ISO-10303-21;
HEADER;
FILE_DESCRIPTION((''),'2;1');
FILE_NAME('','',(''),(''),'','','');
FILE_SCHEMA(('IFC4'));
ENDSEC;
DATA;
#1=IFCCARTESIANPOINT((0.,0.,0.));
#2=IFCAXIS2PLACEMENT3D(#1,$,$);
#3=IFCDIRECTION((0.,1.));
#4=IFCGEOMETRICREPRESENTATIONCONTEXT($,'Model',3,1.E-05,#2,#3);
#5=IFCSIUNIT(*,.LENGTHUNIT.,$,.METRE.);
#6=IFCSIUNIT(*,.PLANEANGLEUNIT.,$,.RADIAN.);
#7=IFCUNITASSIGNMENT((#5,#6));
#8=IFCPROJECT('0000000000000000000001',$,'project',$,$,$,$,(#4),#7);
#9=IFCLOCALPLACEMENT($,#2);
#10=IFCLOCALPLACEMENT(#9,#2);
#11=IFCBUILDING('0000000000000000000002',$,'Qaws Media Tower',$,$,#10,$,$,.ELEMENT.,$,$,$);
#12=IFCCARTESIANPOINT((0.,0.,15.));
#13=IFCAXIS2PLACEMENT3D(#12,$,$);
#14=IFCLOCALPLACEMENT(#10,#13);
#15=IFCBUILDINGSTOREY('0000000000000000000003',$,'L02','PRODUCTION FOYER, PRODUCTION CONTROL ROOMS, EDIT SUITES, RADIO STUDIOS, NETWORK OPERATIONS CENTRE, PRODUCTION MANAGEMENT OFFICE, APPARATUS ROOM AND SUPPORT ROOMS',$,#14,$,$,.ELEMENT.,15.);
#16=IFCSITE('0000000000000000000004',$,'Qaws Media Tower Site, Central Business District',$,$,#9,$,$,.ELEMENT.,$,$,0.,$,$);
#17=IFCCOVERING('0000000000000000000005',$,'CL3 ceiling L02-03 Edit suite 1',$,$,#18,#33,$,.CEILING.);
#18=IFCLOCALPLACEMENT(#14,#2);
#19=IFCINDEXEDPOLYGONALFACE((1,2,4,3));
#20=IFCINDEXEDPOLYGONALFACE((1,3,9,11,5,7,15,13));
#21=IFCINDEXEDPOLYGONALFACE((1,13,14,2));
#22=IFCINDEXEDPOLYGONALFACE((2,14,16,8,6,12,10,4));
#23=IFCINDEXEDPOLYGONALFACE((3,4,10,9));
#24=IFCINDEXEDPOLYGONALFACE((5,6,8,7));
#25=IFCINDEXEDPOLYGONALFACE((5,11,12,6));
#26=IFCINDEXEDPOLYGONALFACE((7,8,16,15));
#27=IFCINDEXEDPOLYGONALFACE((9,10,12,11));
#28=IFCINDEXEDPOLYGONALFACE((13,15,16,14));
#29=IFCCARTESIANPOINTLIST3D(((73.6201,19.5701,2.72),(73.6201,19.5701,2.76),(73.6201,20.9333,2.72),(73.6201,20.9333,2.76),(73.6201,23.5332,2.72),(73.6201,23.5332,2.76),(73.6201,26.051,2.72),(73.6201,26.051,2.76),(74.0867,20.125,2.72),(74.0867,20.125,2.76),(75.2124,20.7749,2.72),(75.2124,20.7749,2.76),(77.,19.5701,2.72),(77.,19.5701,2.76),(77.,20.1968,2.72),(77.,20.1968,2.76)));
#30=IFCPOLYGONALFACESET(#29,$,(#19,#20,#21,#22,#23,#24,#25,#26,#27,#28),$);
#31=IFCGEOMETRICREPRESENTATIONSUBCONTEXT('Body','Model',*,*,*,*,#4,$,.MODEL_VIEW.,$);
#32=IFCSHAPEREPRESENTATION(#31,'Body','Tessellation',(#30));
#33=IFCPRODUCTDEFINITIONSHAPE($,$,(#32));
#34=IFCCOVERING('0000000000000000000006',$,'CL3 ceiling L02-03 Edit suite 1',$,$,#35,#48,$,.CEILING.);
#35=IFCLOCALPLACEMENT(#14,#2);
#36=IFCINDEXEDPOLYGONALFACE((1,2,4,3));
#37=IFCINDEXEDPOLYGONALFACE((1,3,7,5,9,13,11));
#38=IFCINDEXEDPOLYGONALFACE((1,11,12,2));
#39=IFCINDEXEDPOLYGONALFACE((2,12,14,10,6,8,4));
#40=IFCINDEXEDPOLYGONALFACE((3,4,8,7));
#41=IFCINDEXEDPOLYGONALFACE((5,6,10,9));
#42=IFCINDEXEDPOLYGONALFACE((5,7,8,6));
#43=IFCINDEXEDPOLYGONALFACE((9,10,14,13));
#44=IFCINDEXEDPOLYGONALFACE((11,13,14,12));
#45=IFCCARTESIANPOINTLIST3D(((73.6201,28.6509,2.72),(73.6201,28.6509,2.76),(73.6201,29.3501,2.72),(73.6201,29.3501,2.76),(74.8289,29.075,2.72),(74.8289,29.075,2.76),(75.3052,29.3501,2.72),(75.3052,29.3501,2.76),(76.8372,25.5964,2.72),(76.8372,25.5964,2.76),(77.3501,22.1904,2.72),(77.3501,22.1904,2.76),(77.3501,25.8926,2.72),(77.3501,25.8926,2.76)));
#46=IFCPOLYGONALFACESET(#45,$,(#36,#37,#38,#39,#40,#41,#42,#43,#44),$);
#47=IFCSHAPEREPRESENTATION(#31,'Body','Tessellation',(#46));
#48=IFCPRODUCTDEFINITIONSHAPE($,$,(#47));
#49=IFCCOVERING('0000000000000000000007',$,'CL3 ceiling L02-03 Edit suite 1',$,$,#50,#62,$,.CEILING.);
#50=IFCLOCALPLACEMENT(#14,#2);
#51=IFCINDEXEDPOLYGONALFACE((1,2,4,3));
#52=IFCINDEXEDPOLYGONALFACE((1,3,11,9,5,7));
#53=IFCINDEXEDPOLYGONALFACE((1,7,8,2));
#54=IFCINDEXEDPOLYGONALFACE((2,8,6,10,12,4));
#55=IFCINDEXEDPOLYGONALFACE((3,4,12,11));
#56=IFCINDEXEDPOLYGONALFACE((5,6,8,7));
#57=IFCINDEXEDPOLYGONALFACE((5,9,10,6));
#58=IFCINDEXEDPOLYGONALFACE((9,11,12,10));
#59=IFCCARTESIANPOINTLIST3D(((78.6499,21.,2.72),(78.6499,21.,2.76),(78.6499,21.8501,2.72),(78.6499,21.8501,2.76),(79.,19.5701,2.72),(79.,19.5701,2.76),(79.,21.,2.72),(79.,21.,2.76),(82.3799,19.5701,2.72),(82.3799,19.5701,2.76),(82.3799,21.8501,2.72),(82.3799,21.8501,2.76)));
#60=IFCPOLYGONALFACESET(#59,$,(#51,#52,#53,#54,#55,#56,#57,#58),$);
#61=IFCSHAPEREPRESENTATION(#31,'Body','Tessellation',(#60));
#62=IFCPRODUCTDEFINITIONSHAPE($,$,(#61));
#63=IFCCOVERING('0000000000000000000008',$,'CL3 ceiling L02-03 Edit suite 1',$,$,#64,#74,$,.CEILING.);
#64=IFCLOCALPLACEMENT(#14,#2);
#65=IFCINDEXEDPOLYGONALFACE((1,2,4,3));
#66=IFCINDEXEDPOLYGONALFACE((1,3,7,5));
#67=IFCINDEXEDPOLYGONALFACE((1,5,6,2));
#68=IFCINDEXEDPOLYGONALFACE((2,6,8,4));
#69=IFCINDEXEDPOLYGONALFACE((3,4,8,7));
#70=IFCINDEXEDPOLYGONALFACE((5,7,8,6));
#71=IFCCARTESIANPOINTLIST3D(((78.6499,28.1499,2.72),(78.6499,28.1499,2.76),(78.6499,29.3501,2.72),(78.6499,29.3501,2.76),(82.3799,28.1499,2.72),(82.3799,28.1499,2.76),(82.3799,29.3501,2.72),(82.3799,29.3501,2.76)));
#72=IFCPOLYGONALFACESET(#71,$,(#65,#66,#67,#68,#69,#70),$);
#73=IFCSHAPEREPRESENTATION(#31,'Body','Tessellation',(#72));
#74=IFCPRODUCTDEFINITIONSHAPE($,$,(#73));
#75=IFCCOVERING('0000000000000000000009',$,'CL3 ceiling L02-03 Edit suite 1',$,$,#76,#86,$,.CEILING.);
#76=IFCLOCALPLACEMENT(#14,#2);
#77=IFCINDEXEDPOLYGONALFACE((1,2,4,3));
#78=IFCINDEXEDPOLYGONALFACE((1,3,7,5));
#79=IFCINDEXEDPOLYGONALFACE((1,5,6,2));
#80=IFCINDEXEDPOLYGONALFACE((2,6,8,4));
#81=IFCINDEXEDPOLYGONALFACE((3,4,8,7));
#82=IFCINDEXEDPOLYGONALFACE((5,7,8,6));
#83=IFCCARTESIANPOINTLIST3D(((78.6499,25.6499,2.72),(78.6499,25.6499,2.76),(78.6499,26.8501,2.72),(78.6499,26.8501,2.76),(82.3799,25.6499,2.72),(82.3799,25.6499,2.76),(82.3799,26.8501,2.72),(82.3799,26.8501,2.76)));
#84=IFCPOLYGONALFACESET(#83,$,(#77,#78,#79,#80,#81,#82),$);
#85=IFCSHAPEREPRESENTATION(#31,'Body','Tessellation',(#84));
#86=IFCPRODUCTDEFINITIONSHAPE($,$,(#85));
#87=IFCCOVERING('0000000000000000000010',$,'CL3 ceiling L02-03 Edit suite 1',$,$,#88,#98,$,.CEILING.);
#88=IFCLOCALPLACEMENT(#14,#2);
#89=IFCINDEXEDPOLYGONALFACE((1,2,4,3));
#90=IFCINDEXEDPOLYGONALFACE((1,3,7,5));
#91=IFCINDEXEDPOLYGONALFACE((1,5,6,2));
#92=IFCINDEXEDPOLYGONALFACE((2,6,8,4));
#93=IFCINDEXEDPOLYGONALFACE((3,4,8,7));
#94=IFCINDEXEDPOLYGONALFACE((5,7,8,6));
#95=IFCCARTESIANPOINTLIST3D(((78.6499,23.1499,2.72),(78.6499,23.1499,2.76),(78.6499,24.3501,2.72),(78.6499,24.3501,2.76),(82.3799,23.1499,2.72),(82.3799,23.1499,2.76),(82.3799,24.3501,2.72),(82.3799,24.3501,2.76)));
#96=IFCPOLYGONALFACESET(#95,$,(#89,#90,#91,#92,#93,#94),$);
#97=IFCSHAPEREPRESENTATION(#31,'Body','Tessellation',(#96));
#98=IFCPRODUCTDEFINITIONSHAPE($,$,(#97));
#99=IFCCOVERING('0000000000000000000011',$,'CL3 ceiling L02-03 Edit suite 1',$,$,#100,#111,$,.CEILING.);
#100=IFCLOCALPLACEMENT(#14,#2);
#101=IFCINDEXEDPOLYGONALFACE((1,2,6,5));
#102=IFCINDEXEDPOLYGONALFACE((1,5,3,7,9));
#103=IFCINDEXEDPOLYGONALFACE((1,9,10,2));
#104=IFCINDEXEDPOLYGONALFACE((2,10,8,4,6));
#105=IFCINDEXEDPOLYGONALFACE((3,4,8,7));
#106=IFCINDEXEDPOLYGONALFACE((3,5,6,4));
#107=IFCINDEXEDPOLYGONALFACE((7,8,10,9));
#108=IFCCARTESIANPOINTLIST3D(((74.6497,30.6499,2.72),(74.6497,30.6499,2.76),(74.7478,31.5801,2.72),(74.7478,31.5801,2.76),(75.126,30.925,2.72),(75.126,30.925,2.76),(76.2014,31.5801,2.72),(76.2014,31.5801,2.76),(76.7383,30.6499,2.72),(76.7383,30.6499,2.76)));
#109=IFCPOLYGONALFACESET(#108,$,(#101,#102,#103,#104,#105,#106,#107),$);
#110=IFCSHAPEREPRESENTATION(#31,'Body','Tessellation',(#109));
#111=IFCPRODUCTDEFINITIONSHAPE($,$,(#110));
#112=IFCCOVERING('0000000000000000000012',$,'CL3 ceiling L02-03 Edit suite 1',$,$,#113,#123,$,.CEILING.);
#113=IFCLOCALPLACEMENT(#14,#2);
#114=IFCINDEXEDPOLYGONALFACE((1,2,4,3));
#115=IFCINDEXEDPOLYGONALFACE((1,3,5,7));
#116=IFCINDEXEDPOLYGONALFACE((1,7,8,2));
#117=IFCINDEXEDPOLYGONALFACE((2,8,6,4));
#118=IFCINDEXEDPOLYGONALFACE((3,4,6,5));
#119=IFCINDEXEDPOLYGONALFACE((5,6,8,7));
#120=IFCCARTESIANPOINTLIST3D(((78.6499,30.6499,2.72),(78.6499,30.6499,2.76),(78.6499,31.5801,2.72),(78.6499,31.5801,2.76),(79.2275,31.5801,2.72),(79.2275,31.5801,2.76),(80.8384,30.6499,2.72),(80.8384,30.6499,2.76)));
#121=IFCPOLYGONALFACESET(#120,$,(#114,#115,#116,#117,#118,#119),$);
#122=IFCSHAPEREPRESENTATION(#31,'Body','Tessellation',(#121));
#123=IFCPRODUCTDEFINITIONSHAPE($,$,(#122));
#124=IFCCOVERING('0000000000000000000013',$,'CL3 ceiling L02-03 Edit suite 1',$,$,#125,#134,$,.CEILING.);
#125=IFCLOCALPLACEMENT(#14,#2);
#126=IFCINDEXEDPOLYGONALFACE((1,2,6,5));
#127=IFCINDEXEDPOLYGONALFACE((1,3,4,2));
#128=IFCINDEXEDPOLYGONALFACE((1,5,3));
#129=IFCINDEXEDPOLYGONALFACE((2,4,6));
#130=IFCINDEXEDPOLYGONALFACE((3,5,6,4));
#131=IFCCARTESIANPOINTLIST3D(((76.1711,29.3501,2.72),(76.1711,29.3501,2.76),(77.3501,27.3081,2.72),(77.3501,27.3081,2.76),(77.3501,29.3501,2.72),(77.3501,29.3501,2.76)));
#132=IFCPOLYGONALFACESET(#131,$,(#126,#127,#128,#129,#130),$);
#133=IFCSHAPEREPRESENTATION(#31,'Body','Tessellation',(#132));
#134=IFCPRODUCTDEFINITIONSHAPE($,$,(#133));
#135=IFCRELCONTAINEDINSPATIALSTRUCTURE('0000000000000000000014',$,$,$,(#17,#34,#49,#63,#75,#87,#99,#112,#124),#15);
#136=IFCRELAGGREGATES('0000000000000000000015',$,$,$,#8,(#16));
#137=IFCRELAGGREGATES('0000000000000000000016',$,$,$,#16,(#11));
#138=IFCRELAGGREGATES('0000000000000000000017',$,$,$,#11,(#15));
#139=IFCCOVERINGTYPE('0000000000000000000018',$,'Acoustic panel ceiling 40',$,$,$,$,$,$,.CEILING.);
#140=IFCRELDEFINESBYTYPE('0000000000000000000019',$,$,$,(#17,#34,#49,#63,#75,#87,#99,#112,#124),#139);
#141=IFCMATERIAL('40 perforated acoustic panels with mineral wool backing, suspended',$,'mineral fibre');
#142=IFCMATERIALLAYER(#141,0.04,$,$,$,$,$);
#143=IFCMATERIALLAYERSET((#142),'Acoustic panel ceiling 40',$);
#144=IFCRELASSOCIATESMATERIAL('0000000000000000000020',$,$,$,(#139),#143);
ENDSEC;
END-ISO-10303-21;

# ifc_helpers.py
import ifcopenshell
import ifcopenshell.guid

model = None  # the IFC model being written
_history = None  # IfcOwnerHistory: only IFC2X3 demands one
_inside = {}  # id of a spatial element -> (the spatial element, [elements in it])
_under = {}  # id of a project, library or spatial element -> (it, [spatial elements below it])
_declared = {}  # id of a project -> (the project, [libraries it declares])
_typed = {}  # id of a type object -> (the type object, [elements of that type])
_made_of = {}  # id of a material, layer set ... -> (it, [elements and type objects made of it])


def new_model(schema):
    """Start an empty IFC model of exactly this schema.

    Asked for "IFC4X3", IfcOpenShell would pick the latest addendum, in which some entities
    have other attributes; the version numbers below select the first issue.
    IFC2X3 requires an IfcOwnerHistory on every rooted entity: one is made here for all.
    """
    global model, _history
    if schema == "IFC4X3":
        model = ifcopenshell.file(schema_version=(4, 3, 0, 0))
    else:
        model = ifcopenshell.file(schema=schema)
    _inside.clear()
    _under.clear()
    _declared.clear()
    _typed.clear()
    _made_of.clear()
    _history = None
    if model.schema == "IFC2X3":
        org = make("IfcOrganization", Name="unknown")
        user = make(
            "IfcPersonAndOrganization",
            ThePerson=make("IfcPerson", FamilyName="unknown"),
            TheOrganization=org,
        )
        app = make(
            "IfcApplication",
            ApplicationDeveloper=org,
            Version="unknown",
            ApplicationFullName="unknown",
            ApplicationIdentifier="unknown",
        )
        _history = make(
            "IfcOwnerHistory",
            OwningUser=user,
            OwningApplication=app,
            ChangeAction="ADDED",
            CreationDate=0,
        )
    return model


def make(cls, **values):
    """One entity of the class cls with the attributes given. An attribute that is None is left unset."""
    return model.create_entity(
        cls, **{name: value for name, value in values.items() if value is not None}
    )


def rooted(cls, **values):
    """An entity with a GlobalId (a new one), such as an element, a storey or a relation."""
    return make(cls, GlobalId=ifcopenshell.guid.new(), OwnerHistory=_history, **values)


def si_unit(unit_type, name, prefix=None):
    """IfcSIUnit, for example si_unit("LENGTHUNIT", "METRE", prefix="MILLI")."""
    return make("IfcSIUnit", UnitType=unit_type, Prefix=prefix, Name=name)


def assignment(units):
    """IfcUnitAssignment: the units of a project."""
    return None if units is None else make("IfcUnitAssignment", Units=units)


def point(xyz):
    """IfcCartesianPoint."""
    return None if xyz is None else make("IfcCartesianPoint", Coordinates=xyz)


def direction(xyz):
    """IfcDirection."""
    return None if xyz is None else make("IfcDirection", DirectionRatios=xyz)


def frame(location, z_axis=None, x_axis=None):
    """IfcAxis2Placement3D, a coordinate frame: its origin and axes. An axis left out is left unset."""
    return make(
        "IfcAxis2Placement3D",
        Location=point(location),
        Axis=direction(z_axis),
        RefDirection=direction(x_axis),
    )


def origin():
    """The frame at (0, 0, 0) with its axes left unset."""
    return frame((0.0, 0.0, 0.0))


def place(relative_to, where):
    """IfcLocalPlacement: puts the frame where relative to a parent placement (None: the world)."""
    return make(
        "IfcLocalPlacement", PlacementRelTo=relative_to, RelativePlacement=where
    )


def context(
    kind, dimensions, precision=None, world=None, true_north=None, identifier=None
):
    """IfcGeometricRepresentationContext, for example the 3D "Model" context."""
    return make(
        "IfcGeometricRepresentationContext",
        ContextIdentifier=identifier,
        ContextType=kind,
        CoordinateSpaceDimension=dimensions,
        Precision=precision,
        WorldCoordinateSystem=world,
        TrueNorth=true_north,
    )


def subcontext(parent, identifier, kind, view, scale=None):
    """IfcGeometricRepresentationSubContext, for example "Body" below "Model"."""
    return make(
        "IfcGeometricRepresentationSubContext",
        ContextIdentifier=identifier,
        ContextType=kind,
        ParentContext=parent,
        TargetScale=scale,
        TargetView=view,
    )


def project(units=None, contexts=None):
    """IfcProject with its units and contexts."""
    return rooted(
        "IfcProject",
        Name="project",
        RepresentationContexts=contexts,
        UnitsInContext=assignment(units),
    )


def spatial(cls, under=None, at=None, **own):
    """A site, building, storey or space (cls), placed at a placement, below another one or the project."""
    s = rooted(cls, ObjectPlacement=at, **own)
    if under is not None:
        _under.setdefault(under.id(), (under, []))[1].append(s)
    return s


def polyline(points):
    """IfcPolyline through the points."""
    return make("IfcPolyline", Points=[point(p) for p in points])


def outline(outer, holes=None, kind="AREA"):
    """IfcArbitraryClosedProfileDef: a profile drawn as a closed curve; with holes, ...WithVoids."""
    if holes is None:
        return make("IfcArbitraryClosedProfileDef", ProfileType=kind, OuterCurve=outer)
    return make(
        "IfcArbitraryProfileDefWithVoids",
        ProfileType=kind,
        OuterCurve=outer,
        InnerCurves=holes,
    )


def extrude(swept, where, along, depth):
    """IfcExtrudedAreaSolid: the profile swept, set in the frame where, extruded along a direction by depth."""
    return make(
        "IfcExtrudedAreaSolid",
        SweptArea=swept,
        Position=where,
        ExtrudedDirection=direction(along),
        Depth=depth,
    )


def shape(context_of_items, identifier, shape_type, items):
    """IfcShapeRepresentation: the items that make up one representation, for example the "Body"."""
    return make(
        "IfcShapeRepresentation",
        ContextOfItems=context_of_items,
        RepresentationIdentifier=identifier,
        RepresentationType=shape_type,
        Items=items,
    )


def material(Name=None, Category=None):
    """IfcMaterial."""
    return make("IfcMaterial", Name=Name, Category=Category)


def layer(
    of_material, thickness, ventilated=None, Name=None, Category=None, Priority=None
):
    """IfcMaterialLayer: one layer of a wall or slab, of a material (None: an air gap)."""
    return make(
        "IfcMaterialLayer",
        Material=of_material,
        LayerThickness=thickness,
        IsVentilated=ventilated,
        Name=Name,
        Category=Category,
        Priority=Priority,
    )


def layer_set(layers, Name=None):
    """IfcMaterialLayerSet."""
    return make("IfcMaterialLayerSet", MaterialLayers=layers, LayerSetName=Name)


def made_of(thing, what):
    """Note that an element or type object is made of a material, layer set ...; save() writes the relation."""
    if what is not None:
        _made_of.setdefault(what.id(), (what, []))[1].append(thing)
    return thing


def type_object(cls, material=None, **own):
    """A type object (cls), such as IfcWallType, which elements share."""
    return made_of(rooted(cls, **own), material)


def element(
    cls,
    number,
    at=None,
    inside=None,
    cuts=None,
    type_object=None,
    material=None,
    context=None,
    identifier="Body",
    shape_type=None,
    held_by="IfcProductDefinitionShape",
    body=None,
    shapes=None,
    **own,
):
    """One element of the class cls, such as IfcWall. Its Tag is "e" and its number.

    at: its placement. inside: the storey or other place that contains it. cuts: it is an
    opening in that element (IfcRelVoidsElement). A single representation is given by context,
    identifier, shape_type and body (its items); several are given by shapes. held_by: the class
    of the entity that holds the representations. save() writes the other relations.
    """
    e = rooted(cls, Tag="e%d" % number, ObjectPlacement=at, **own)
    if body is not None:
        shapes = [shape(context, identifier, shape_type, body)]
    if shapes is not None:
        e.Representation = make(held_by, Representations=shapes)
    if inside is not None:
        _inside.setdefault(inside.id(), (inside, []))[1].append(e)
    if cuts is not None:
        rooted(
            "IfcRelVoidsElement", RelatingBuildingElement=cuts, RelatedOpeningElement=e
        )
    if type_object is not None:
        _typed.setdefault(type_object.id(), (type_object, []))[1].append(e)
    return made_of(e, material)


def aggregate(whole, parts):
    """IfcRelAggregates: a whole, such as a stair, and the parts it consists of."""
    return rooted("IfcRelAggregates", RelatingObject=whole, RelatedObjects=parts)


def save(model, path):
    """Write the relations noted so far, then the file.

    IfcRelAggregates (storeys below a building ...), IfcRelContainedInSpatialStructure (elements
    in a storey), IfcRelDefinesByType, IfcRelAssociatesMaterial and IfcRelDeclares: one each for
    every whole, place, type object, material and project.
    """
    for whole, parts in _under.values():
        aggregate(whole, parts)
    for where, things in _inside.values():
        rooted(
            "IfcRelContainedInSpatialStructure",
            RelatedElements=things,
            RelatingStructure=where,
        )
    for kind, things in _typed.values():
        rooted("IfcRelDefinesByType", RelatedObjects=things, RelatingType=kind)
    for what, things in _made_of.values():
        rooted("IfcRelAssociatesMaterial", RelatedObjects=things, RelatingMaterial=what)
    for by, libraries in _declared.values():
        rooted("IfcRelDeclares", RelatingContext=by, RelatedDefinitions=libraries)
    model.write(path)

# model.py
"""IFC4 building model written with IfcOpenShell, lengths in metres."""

from ifc_helpers import new_model, si_unit, direction, frame, origin, place, context, subcontext, project, spatial, polyline, outline, extrude, material, layer, layer_set, type_object, element, save


model = new_model("IFC4")

# Units and contexts
model_context = context("Model", 3, precision=1e-05, world=origin(), true_north=direction((0.0, 1.0)))
body_context = subcontext(model_context, "Body", "Model", "MODEL_VIEW")
ifc_project = project(units=[si_unit("LENGTHUNIT", "METRE"), si_unit("PLANEANGLEUNIT", "RADIAN")], contexts=[model_context])

# Site, building, storey
site_placement = place(None, origin())
site = spatial("IfcSite", under=ifc_project, at=site_placement, Name="Qaws Media Tower Site, Central Business District", CompositionType="ELEMENT", RefElevation=0.0)
building_placement = place(site_placement, origin())
building = spatial("IfcBuilding", under=site, at=building_placement, Name="Qaws Media Tower", CompositionType="ELEMENT")
storey_placement = place(building_placement, frame((0.0, 0.0, 15.0)))
storey = spatial("IfcBuildingStorey", under=building, at=storey_placement, Name="L02", Description="PRODUCTION FOYER, PRODUCTION CONTROL ROOMS, EDIT SUITES, RADIO STUDIOS, NETWORK OPERATIONS CENTRE, PRODUCTION MANAGEMENT OFFICE, APPARATUS ROOM AND SUPPORT ROOMS", CompositionType="ELEMENT", Elevation=15.0)

# Coverings
ifc_material_1 = material(Name="40 perforated acoustic panels with mineral wool backing, suspended", Category="mineral fibre")
ifc_layer_1 = layer(ifc_material_1, 0.04)
ifc_layer_set_1 = layer_set([ifc_layer_1], Name="Acoustic panel ceiling 40")
covering_type_1 = type_object("IfcCoveringType", Name="Acoustic panel ceiling 40", PredefinedType="CEILING", material=ifc_layer_set_1)
covering_1_placement = place(storey_placement, frame((0.0, 0.0, 2.72)))
element("IfcCovering", 1, at=covering_1_placement, inside=storey, type_object=covering_type_1, Name="CL3 ceiling L02-03 Edit suite 1", PredefinedType="CEILING", context=body_context, shape_type="SweptSolid", body=[
    extrude(outline(polyline([(77.0, 19.5701), (73.6201, 19.5701), (73.6201, 20.9333), (74.0867, 20.125), (75.2124, 20.7749), (73.6201, 23.5332), (73.6201, 26.051), (77.0, 20.1968), (77.0, 19.5701)])), origin(), (0.0, 0.0, 1.0), 0.04),
])
covering_2_placement = place(storey_placement, frame((0.0, 0.0, 2.72)))
element("IfcCovering", 2, at=covering_2_placement, inside=storey, type_object=covering_type_1, Name="CL3 ceiling L02-03 Edit suite 1", PredefinedType="CEILING", context=body_context, shape_type="SweptSolid", body=[
    extrude(outline(polyline([(73.6201, 29.3501), (75.3052, 29.3501), (74.8289, 29.075), (76.8372, 25.5964), (77.3501, 25.8926), (77.3501, 22.1904), (73.6201, 28.6509), (73.6201, 29.3501)])), origin(), (0.0, 0.0, 1.0), 0.04),
])
covering_3_placement = place(storey_placement, frame((0.0, 0.0, 2.72)))
element("IfcCovering", 3, at=covering_3_placement, inside=storey, type_object=covering_type_1, Name="CL3 ceiling L02-03 Edit suite 1", PredefinedType="CEILING", context=body_context, shape_type="SweptSolid", body=[
    extrude(outline(polyline([(79.0, 19.5701), (79.0, 21.0), (78.6499, 21.0), (78.6499, 21.8501), (82.3799, 21.8501), (82.3799, 19.5701), (79.0, 19.5701)])), origin(), (0.0, 0.0, 1.0), 0.04),
])
covering_4_placement = place(storey_placement, frame((0.0, 0.0, 2.72)))
element("IfcCovering", 4, at=covering_4_placement, inside=storey, type_object=covering_type_1, Name="CL3 ceiling L02-03 Edit suite 1", PredefinedType="CEILING", context=body_context, shape_type="SweptSolid", body=[
    extrude(outline(polyline([(82.3799, 28.1499), (78.6499, 28.1499), (78.6499, 29.3501), (82.3799, 29.3501), (82.3799, 28.1499)])), origin(), (0.0, 0.0, 1.0), 0.04),
])
covering_5_placement = place(storey_placement, frame((0.0, 0.0, 2.72)))
element("IfcCovering", 5, at=covering_5_placement, inside=storey, type_object=covering_type_1, Name="CL3 ceiling L02-03 Edit suite 1", PredefinedType="CEILING", context=body_context, shape_type="SweptSolid", body=[
    extrude(outline(polyline([(82.3799, 25.6499), (78.6499, 25.6499), (78.6499, 26.8501), (82.3799, 26.8501), (82.3799, 25.6499)])), origin(), (0.0, 0.0, 1.0), 0.04),
])
covering_6_placement = place(storey_placement, frame((0.0, 0.0, 2.72)))
element("IfcCovering", 6, at=covering_6_placement, inside=storey, type_object=covering_type_1, Name="CL3 ceiling L02-03 Edit suite 1", PredefinedType="CEILING", context=body_context, shape_type="SweptSolid", body=[
    extrude(outline(polyline([(82.3799, 23.1499), (78.6499, 23.1499), (78.6499, 24.3501), (82.3799, 24.3501), (82.3799, 23.1499)])), origin(), (0.0, 0.0, 1.0), 0.04),
])
covering_7_placement = place(storey_placement, frame((0.0, 0.0, 2.72)))
element("IfcCovering", 7, at=covering_7_placement, inside=storey, type_object=covering_type_1, Name="CL3 ceiling L02-03 Edit suite 1", PredefinedType="CEILING", context=body_context, shape_type="SweptSolid", body=[
    extrude(outline(polyline([(76.2014, 31.5801), (76.7383, 30.6499), (74.6497, 30.6499), (75.126, 30.925), (74.7478, 31.5801), (76.2014, 31.5801)])), origin(), (0.0, 0.0, 1.0), 0.04),
])
covering_8_placement = place(storey_placement, frame((0.0, 0.0, 2.72)))
element("IfcCovering", 8, at=covering_8_placement, inside=storey, type_object=covering_type_1, Name="CL3 ceiling L02-03 Edit suite 1", PredefinedType="CEILING", context=body_context, shape_type="SweptSolid", body=[
    extrude(outline(polyline([(79.2275, 31.5801), (80.8384, 30.6499), (78.6499, 30.6499), (78.6499, 31.5801), (79.2275, 31.5801)])), origin(), (0.0, 0.0, 1.0), 0.04),
])
covering_9_placement = place(storey_placement, frame((0.0, 0.0, 2.72)))
element("IfcCovering", 9, at=covering_9_placement, inside=storey, type_object=covering_type_1, Name="CL3 ceiling L02-03 Edit suite 1", PredefinedType="CEILING", context=body_context, shape_type="SweptSolid", body=[
    extrude(outline(polyline([(76.1711, 29.3501), (77.3501, 29.3501), (77.3501, 27.3081), (76.1711, 29.3501)])), origin(), (0.0, 0.0, 1.0), 0.04),
])

save(model, "model.ifc")
